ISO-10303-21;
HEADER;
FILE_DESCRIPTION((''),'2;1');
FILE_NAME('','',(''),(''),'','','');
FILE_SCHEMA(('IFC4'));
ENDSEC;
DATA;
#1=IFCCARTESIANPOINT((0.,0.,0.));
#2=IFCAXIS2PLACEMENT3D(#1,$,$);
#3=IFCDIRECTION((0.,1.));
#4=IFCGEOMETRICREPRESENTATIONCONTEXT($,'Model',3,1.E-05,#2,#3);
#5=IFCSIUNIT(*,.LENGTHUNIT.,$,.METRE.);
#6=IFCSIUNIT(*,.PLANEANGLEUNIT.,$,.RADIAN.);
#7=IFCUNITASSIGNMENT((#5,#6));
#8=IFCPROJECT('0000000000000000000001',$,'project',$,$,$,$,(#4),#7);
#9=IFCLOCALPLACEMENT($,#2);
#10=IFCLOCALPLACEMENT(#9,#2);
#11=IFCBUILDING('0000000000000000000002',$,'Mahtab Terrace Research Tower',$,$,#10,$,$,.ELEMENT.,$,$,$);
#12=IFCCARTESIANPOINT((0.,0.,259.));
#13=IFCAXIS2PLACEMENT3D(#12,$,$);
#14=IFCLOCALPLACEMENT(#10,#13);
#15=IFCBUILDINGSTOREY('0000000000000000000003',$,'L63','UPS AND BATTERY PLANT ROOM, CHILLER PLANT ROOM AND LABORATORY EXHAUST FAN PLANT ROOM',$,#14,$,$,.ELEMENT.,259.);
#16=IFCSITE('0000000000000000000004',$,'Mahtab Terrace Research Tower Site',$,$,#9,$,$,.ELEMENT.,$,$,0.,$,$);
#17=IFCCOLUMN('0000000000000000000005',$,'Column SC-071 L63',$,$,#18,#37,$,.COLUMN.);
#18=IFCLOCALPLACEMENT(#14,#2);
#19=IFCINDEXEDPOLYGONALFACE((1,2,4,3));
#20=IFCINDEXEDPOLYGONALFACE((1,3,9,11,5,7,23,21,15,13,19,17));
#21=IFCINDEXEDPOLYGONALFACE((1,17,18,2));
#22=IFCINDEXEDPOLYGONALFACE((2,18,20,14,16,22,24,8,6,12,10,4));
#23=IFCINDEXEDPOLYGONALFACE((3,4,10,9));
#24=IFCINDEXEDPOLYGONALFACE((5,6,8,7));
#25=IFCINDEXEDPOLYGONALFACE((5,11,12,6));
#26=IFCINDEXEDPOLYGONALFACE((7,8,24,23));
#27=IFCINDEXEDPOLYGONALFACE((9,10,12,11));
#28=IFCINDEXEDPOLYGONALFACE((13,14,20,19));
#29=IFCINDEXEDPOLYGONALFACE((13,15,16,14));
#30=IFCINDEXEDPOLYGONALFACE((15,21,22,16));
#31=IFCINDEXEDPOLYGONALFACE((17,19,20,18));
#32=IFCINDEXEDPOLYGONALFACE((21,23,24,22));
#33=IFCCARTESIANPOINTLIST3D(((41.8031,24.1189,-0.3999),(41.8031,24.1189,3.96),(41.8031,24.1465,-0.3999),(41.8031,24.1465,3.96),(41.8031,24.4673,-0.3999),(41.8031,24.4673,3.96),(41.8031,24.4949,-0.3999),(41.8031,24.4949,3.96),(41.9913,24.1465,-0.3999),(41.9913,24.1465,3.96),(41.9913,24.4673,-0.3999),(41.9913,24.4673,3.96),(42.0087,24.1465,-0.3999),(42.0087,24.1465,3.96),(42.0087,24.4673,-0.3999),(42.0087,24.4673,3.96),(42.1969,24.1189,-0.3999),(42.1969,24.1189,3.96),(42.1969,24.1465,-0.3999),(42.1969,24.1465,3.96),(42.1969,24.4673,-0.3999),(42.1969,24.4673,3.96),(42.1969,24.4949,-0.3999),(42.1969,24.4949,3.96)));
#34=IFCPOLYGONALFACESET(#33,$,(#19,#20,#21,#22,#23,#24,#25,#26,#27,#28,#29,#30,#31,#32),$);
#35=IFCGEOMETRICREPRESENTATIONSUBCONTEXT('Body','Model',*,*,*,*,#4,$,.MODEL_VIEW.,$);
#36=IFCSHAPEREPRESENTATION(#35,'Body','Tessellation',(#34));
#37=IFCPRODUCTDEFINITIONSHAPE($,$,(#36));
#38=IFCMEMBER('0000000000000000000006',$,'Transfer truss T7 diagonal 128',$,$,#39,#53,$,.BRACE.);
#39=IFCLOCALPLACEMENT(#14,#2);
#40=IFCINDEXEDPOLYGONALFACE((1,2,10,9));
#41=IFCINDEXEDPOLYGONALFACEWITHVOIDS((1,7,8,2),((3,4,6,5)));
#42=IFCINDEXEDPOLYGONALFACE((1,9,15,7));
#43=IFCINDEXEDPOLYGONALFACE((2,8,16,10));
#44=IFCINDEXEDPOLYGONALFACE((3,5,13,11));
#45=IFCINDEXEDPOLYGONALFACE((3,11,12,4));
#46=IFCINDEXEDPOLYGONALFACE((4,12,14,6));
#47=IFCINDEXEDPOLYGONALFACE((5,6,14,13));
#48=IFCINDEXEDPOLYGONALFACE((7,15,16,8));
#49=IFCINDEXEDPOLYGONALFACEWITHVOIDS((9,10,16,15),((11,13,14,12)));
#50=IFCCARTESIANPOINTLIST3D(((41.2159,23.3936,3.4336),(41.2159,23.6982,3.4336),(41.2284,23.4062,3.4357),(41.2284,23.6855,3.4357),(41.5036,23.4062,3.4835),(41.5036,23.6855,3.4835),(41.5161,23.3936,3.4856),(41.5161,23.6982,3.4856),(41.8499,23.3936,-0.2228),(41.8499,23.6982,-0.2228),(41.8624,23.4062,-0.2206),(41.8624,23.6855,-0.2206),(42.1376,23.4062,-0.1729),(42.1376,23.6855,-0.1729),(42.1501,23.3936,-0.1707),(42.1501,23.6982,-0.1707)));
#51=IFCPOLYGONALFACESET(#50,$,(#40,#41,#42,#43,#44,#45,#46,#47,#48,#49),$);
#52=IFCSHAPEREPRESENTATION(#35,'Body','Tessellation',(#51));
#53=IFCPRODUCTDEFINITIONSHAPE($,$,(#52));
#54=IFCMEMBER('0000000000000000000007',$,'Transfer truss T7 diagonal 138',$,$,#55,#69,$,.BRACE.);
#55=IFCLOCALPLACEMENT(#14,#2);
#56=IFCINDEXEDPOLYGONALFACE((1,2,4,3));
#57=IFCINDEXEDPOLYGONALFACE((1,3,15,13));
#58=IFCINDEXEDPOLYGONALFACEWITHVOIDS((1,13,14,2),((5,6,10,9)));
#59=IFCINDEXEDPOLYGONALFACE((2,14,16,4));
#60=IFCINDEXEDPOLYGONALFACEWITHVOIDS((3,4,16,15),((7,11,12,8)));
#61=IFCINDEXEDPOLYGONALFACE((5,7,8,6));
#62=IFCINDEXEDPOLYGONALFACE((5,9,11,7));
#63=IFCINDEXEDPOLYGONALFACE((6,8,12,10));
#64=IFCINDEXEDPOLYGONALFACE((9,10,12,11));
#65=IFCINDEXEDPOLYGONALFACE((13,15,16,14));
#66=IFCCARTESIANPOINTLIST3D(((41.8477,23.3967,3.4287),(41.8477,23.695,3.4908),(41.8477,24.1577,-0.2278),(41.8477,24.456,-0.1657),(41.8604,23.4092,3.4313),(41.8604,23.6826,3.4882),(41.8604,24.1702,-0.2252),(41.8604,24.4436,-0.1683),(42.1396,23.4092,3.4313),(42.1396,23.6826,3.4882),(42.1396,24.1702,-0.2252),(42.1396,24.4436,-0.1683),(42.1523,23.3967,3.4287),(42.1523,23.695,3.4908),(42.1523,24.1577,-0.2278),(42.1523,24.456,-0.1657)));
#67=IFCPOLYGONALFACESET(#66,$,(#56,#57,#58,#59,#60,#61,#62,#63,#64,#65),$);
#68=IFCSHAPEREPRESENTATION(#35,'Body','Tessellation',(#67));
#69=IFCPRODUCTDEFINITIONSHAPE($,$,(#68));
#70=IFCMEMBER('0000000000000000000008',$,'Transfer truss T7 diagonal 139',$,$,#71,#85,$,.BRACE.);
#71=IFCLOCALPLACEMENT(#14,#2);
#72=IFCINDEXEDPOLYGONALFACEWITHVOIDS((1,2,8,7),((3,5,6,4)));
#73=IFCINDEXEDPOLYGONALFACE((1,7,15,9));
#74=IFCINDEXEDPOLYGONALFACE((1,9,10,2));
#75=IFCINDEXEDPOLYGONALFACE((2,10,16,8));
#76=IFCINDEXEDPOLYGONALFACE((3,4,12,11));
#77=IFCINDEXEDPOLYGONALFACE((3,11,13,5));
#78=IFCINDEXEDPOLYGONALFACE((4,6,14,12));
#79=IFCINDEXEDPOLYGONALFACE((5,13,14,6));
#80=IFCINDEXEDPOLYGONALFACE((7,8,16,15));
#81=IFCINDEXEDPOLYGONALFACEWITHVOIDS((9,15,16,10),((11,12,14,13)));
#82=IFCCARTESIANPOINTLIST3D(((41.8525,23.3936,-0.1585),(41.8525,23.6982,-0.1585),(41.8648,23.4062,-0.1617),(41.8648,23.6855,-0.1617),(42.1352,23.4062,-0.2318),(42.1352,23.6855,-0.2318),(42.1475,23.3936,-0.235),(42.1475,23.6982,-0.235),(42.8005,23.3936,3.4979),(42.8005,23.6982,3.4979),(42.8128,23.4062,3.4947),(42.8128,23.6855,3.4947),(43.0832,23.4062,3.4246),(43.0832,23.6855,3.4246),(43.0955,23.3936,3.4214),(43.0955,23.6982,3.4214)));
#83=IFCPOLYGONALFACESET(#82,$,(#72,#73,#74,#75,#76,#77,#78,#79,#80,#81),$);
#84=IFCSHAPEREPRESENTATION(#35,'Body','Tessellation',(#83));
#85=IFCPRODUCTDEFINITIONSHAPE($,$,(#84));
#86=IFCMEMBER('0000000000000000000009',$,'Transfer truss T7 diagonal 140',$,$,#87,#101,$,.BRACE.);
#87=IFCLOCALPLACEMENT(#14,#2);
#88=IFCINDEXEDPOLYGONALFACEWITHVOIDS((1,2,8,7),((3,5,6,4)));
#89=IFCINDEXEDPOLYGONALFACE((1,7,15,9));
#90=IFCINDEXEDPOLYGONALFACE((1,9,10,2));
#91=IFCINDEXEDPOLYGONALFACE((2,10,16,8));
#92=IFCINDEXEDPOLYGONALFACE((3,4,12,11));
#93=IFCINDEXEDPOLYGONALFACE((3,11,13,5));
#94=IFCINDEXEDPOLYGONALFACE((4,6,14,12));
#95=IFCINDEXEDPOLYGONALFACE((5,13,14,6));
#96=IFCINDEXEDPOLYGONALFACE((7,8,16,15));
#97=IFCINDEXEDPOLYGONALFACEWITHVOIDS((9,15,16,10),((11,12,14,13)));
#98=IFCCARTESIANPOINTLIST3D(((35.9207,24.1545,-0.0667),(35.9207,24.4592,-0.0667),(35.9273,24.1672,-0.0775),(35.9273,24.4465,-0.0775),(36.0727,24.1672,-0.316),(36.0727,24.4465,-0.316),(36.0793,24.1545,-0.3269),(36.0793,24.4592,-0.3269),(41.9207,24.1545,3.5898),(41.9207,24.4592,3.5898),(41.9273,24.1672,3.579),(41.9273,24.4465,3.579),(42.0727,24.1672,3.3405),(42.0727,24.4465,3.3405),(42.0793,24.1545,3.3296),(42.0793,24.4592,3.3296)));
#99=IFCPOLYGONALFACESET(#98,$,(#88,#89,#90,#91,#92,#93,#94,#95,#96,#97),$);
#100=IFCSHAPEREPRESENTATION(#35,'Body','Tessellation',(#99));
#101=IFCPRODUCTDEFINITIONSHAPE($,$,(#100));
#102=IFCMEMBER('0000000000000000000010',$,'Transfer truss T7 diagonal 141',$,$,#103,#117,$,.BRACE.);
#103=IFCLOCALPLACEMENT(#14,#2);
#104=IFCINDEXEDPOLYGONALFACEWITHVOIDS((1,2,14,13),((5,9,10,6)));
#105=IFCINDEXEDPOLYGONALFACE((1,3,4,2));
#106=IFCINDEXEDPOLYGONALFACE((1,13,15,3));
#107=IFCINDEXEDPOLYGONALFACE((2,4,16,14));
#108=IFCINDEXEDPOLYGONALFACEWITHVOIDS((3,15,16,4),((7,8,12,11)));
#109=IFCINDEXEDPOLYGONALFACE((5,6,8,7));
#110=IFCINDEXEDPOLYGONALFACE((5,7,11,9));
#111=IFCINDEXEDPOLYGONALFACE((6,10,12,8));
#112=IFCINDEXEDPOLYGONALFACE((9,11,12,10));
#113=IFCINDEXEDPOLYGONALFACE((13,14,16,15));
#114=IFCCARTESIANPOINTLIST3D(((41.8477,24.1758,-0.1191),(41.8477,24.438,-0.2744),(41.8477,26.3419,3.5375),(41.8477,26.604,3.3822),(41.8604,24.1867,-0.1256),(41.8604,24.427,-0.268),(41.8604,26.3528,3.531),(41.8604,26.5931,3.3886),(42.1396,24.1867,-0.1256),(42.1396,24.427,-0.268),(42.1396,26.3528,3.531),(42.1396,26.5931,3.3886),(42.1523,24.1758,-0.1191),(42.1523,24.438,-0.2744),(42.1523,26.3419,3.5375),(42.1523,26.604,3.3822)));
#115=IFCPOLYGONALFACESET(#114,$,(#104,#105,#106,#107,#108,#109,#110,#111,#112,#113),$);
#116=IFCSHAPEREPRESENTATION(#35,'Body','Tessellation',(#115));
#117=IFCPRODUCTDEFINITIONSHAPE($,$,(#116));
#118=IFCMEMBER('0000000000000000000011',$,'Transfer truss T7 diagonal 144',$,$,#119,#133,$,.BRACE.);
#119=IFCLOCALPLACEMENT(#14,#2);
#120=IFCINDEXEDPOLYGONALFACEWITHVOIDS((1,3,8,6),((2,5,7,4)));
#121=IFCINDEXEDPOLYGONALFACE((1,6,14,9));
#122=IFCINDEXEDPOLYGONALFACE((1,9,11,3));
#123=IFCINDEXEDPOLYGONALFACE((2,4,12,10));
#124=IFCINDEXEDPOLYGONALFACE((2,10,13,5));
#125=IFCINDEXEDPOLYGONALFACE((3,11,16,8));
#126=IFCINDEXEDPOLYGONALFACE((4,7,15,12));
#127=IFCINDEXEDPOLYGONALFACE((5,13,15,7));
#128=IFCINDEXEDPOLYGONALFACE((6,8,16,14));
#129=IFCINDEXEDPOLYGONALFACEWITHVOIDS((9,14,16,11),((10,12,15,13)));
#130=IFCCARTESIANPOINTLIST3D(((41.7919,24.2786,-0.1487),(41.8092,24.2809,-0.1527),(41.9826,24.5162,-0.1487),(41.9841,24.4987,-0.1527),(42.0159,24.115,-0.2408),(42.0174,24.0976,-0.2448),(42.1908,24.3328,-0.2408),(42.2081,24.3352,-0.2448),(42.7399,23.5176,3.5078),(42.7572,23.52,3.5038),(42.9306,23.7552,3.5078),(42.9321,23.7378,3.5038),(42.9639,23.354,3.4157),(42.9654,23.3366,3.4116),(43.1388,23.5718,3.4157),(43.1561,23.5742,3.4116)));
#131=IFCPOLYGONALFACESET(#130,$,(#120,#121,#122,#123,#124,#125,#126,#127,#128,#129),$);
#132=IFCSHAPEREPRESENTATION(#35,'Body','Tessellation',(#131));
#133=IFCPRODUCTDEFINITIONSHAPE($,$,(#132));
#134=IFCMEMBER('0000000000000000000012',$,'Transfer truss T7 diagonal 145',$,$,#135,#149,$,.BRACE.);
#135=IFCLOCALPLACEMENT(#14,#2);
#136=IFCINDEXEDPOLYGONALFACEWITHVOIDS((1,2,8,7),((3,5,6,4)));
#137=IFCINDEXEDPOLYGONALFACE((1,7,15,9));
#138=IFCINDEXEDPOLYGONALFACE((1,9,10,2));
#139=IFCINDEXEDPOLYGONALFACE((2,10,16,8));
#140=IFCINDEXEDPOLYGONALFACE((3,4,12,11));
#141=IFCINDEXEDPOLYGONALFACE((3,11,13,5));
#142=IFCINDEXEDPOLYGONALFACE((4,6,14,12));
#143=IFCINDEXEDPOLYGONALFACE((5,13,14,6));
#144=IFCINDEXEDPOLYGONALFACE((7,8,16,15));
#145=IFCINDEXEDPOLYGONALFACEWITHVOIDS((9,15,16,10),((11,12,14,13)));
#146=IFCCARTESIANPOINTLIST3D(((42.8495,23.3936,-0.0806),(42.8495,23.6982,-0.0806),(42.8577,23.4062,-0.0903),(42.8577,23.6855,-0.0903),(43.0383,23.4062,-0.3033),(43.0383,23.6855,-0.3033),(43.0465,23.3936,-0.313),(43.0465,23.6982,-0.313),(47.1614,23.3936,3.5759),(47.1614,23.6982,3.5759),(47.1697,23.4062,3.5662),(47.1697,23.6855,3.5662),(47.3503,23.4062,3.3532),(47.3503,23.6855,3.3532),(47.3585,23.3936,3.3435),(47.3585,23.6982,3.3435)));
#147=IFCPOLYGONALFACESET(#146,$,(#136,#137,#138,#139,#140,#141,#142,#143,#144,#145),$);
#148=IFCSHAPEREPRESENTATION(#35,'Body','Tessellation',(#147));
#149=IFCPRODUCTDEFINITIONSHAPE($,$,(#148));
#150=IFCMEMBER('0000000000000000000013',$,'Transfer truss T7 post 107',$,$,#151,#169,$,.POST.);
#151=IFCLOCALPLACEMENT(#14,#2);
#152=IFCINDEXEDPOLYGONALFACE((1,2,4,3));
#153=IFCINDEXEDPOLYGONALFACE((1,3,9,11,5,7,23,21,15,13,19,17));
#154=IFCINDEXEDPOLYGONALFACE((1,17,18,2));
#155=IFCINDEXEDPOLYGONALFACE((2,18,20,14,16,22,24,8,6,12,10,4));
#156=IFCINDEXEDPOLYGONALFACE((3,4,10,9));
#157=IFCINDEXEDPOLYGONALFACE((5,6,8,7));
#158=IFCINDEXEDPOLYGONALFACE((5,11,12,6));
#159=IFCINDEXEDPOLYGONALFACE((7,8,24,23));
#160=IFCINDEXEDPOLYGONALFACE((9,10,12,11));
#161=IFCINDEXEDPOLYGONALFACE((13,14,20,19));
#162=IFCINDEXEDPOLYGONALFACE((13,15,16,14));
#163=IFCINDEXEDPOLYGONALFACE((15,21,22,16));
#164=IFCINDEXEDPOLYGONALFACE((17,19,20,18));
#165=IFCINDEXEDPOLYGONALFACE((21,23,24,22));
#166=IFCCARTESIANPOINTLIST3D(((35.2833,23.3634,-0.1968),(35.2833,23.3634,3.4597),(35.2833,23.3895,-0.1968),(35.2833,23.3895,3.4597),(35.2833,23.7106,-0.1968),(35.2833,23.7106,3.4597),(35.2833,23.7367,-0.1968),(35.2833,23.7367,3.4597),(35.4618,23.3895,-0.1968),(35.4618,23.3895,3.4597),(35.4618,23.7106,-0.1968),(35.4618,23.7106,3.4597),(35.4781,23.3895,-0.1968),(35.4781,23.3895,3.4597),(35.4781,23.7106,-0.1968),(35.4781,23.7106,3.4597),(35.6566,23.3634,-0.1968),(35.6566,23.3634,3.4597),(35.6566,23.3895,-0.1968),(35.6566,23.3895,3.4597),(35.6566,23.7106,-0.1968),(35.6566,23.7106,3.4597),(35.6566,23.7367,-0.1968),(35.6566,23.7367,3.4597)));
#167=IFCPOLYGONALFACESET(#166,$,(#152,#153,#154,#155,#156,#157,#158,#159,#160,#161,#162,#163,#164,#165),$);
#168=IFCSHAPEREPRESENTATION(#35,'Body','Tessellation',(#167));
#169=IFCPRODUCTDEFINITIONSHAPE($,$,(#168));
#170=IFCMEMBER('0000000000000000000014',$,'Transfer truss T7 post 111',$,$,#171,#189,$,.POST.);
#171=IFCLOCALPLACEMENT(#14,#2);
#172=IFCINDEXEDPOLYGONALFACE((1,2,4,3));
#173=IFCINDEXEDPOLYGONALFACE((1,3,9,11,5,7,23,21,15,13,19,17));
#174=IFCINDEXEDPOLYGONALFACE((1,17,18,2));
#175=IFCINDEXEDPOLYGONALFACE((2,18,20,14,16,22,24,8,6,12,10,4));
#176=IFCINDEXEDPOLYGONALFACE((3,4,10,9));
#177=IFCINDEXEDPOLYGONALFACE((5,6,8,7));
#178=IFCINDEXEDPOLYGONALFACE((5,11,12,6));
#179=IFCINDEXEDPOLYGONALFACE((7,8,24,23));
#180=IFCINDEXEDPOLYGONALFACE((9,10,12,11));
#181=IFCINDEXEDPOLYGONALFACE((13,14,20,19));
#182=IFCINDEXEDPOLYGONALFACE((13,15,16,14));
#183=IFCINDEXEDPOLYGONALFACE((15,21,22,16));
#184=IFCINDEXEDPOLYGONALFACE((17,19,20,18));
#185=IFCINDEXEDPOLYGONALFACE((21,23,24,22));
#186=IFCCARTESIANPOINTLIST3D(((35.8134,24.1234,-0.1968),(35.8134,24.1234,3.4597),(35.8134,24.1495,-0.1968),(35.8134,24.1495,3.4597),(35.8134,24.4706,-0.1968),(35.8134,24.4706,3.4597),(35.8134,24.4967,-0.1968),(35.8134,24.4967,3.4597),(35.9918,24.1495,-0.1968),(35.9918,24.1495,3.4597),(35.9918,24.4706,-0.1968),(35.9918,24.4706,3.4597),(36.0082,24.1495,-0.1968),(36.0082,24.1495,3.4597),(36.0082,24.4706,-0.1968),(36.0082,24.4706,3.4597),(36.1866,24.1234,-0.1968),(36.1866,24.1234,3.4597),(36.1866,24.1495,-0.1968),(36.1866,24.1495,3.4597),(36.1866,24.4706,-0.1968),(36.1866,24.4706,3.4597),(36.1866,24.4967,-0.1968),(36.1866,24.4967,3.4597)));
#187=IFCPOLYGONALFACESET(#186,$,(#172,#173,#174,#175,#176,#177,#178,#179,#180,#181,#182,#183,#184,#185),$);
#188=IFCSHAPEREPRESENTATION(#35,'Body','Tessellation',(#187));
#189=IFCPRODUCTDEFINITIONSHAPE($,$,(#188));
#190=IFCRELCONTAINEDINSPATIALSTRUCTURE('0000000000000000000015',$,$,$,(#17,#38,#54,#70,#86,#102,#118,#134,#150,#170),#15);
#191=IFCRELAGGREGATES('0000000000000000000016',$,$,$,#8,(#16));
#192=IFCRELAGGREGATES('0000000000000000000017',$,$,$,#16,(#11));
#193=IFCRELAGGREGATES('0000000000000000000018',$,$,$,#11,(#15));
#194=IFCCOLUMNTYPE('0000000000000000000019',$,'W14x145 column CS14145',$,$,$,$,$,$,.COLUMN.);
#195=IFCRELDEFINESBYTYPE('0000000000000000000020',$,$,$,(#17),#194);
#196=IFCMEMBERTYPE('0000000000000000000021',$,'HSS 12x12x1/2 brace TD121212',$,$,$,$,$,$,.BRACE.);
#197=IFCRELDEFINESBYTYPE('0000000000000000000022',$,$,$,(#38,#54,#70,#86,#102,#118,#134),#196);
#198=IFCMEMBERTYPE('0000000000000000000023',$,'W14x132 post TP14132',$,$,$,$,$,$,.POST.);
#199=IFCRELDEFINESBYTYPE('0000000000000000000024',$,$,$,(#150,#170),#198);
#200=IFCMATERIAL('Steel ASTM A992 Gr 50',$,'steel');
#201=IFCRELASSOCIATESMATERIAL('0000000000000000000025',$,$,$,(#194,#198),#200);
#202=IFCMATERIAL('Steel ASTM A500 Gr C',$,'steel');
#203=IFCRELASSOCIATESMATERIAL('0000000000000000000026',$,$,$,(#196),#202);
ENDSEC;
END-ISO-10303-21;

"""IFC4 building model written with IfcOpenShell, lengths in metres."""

from ifc_helpers import new_model, si_unit, direction, frame, origin, origin_2d, place, context, subcontext, project, spatial, hollow_rectangle, i_section, extrude, material, material_profile, profile_set, type_object, element, save


model = new_model("IFC4")

# Units and contexts
model_context = context("Model", 3, precision=1e-05, world=origin(), true_north=direction((0.0, 1.0)))
body_context = subcontext(model_context, "Body", "Model", "MODEL_VIEW")
ifc_project = project(units=[si_unit("LENGTHUNIT", "METRE"), si_unit("PLANEANGLEUNIT", "RADIAN")], contexts=[model_context])

# Site, building, storey
site_placement = place(None, origin())
site = spatial("IfcSite", under=ifc_project, at=site_placement, Name="Mahtab Terrace Research Tower Site", CompositionType="ELEMENT", RefElevation=0.0)
building_placement = place(site_placement, origin())
building = spatial("IfcBuilding", under=site, at=building_placement, Name="Mahtab Terrace Research Tower", CompositionType="ELEMENT")
storey_placement = place(building_placement, frame((0.0, 0.0, 259.0)))
storey = spatial("IfcBuildingStorey", under=building, at=storey_placement, Name="L63", Description="UPS AND BATTERY PLANT ROOM, CHILLER PLANT ROOM AND LABORATORY EXHAUST FAN PLANT ROOM", CompositionType="ELEMENT", Elevation=259.0)

# Column
ifc_material_1 = material(Name="Steel ASTM A992 Gr 50", Category="steel")
ifc_material_profile_1 = material_profile(ifc_material_1, i_section(OverallWidth=0.3938, OverallDepth=0.376, WebThickness=0.0173, FlangeThickness=0.0276, at=origin_2d()), Name="W14X145")
ifc_profile_set_1 = profile_set([ifc_material_profile_1], Name="Steel ASTM A992 Gr 50")
column_type = type_object("IfcColumnType", Name="W14x145 column CS14145", PredefinedType="COLUMN", material=ifc_profile_set_1)
column_placement = place(storey_placement, frame((42.0, 24.3069, -0.3999), z_axis=(0.0, 0.0, 1.0), x_axis=(1.0, 0.0, 0.0)))
element("IfcColumn", 1, at=column_placement, inside=storey, type_object=column_type, Name="Column SC-071 L63", PredefinedType="COLUMN", context=body_context, shape_type="SweptSolid", body=[
    extrude(i_section(OverallWidth=0.3938, OverallDepth=0.376, WebThickness=0.0173, FlangeThickness=0.0276, at=origin_2d()), origin(), (0.0, 0.0, 1.0), 4.3599),
])

# Members
ifc_material_2 = material(Name="Steel ASTM A500 Gr C", Category="steel")
ifc_material_profile_2 = material_profile(ifc_material_2, hollow_rectangle(XDim=0.3047, YDim=0.3047, WallThickness=0.0127, at=origin_2d()), Name="HSS12X12X1/2")
ifc_profile_set_2 = profile_set([ifc_material_profile_2], Name="Steel ASTM A500 Gr C")
member_type_1 = type_object("IfcMemberType", Name="HSS 12x12x1/2 brace TD121212", PredefinedType="BRACE", material=ifc_profile_set_2)
member_1_placement = place(storey_placement, frame((42.0, 23.5459, -0.1968), z_axis=(-0.17085, 0.0, 0.985297), x_axis=(0.0, -1.0, 0.0)))
element("IfcMember", 2, at=member_1_placement, inside=storey, type_object=member_type_1, Name="Transfer truss T7 diagonal 128", PredefinedType="BRACE", context=body_context, shape_type="SweptSolid", body=[
    extrude(hollow_rectangle(XDim=0.3047, YDim=0.3047, WallThickness=0.0127, at=origin_2d()), origin(), (0.0, 0.0, 1.0), 3.7109),
])
member_2_placement = place(storey_placement, frame((42.0, 24.3069, -0.1968), z_axis=(0.0, -0.203753, 0.979022), x_axis=(1.0, 0.0, 0.0)))
element("IfcMember", 3, at=member_2_placement, inside=storey, type_object=member_type_1, Name="Transfer truss T7 diagonal 138", PredefinedType="BRACE", context=body_context, shape_type="SweptSolid", body=[
    extrude(hollow_rectangle(XDim=0.3047, YDim=0.3047, WallThickness=0.0127, at=origin_2d()), origin(), (0.0, 0.0, 1.0), 3.7349),
])
member_3_placement = place(storey_placement, frame((42.0, 23.5459, -0.1968), z_axis=(0.250967, 0.0, 0.967996), x_axis=(0.0, 1.0, 0.0)))
element("IfcMember", 4, at=member_3_placement, inside=storey, type_object=member_type_1, Name="Transfer truss T7 diagonal 139", PredefinedType="BRACE", context=body_context, shape_type="SweptSolid", body=[
    extrude(hollow_rectangle(XDim=0.3047, YDim=0.3047, WallThickness=0.0127, at=origin_2d()), origin(), (0.0, 0.0, 1.0), 3.7773),
])
member_4_placement = place(storey_placement, frame((36.0, 24.3069, -0.1968), z_axis=(0.853925, 0.0, 0.520396), x_axis=(0.0, 1.0, 0.0)))
element("IfcMember", 5, at=member_4_placement, inside=storey, type_object=member_type_1, Name="Transfer truss T7 diagonal 140", PredefinedType="BRACE", context=body_context, shape_type="SweptSolid", body=[
    extrude(hollow_rectangle(XDim=0.3047, YDim=0.3047, WallThickness=0.0127, at=origin_2d()), origin(), (0.0, 0.0, 1.0), 7.0264),
])
member_5_placement = place(storey_placement, frame((42.0, 24.3069, -0.1968), z_axis=(0.0, 0.509664, 0.860374), x_axis=(-1.0, 0.0, 0.0)))
element("IfcMember", 6, at=member_5_placement, inside=storey, type_object=member_type_1, Name="Transfer truss T7 diagonal 141", PredefinedType="BRACE", context=body_context, shape_type="SweptSolid", body=[
    extrude(hollow_rectangle(XDim=0.3047, YDim=0.3047, WallThickness=0.0127, at=origin_2d()), origin(), (0.0, 0.0, 1.0), 4.25),
])
member_6_placement = place(storey_placement, frame((42.0, 24.3069, -0.1968), z_axis=(0.246024, -0.197491, 0.948931), x_axis=(0.625992, 0.779829, 0.0)))
element("IfcMember", 7, at=member_6_placement, inside=storey, type_object=member_type_1, Name="Transfer truss T7 diagonal 144", PredefinedType="BRACE", context=body_context, shape_type="SweptSolid", body=[
    extrude(hollow_rectangle(XDim=0.3047, YDim=0.3047, WallThickness=0.0127, at=origin_2d()), origin(), (0.0, 0.0, 1.0), 3.8533),
])
member_7_placement = place(storey_placement, frame((42.948, 23.5459, -0.1968), z_axis=(0.7627, 0.0, 0.646753), x_axis=(0.0, 1.0, 0.0)))
element("IfcMember", 8, at=member_7_placement, inside=storey, type_object=member_type_1, Name="Transfer truss T7 diagonal 145", PredefinedType="BRACE", context=body_context, shape_type="SweptSolid", body=[
    extrude(hollow_rectangle(XDim=0.3047, YDim=0.3047, WallThickness=0.0127, at=origin_2d()), origin(), (0.0, 0.0, 1.0), 5.6536),
])
ifc_material_profile_3 = material_profile(ifc_material_1, i_section(OverallWidth=0.3733, OverallDepth=0.3733, WebThickness=0.0164, FlangeThickness=0.0261, at=origin_2d()), Name="W14X132")
ifc_profile_set_3 = profile_set([ifc_material_profile_3], Name="Steel ASTM A992 Gr 50")
member_type_2 = type_object("IfcMemberType", Name="W14x132 post TP14132", PredefinedType="POST", material=ifc_profile_set_3)
for number, where, z_axis, x_axis, name in (
    (9, (35.47, 23.55, -0.1968), (0.0, 0.0, 1.0), (1.0, 0.0, 0.0), "Transfer truss T7 post 107"),
    (10, (36.0, 24.3101, -0.1968), (0.0, 0.0, 1.0), (1.0, 0.0, 0.0), "Transfer truss T7 post 111"),
):
    element("IfcMember", number, at=place(storey_placement, frame(where, z_axis=z_axis, x_axis=x_axis)), inside=storey, type_object=member_type_2, Name=name, PredefinedType="POST", context=body_context, shape_type="SweptSolid", body=[
        extrude(i_section(OverallWidth=0.3733, OverallDepth=0.3733, WebThickness=0.0164, FlangeThickness=0.0261, at=origin_2d()), origin(), (0.0, 0.0, 1.0), 3.6565),
    ])

save(model, "model.ifc")
